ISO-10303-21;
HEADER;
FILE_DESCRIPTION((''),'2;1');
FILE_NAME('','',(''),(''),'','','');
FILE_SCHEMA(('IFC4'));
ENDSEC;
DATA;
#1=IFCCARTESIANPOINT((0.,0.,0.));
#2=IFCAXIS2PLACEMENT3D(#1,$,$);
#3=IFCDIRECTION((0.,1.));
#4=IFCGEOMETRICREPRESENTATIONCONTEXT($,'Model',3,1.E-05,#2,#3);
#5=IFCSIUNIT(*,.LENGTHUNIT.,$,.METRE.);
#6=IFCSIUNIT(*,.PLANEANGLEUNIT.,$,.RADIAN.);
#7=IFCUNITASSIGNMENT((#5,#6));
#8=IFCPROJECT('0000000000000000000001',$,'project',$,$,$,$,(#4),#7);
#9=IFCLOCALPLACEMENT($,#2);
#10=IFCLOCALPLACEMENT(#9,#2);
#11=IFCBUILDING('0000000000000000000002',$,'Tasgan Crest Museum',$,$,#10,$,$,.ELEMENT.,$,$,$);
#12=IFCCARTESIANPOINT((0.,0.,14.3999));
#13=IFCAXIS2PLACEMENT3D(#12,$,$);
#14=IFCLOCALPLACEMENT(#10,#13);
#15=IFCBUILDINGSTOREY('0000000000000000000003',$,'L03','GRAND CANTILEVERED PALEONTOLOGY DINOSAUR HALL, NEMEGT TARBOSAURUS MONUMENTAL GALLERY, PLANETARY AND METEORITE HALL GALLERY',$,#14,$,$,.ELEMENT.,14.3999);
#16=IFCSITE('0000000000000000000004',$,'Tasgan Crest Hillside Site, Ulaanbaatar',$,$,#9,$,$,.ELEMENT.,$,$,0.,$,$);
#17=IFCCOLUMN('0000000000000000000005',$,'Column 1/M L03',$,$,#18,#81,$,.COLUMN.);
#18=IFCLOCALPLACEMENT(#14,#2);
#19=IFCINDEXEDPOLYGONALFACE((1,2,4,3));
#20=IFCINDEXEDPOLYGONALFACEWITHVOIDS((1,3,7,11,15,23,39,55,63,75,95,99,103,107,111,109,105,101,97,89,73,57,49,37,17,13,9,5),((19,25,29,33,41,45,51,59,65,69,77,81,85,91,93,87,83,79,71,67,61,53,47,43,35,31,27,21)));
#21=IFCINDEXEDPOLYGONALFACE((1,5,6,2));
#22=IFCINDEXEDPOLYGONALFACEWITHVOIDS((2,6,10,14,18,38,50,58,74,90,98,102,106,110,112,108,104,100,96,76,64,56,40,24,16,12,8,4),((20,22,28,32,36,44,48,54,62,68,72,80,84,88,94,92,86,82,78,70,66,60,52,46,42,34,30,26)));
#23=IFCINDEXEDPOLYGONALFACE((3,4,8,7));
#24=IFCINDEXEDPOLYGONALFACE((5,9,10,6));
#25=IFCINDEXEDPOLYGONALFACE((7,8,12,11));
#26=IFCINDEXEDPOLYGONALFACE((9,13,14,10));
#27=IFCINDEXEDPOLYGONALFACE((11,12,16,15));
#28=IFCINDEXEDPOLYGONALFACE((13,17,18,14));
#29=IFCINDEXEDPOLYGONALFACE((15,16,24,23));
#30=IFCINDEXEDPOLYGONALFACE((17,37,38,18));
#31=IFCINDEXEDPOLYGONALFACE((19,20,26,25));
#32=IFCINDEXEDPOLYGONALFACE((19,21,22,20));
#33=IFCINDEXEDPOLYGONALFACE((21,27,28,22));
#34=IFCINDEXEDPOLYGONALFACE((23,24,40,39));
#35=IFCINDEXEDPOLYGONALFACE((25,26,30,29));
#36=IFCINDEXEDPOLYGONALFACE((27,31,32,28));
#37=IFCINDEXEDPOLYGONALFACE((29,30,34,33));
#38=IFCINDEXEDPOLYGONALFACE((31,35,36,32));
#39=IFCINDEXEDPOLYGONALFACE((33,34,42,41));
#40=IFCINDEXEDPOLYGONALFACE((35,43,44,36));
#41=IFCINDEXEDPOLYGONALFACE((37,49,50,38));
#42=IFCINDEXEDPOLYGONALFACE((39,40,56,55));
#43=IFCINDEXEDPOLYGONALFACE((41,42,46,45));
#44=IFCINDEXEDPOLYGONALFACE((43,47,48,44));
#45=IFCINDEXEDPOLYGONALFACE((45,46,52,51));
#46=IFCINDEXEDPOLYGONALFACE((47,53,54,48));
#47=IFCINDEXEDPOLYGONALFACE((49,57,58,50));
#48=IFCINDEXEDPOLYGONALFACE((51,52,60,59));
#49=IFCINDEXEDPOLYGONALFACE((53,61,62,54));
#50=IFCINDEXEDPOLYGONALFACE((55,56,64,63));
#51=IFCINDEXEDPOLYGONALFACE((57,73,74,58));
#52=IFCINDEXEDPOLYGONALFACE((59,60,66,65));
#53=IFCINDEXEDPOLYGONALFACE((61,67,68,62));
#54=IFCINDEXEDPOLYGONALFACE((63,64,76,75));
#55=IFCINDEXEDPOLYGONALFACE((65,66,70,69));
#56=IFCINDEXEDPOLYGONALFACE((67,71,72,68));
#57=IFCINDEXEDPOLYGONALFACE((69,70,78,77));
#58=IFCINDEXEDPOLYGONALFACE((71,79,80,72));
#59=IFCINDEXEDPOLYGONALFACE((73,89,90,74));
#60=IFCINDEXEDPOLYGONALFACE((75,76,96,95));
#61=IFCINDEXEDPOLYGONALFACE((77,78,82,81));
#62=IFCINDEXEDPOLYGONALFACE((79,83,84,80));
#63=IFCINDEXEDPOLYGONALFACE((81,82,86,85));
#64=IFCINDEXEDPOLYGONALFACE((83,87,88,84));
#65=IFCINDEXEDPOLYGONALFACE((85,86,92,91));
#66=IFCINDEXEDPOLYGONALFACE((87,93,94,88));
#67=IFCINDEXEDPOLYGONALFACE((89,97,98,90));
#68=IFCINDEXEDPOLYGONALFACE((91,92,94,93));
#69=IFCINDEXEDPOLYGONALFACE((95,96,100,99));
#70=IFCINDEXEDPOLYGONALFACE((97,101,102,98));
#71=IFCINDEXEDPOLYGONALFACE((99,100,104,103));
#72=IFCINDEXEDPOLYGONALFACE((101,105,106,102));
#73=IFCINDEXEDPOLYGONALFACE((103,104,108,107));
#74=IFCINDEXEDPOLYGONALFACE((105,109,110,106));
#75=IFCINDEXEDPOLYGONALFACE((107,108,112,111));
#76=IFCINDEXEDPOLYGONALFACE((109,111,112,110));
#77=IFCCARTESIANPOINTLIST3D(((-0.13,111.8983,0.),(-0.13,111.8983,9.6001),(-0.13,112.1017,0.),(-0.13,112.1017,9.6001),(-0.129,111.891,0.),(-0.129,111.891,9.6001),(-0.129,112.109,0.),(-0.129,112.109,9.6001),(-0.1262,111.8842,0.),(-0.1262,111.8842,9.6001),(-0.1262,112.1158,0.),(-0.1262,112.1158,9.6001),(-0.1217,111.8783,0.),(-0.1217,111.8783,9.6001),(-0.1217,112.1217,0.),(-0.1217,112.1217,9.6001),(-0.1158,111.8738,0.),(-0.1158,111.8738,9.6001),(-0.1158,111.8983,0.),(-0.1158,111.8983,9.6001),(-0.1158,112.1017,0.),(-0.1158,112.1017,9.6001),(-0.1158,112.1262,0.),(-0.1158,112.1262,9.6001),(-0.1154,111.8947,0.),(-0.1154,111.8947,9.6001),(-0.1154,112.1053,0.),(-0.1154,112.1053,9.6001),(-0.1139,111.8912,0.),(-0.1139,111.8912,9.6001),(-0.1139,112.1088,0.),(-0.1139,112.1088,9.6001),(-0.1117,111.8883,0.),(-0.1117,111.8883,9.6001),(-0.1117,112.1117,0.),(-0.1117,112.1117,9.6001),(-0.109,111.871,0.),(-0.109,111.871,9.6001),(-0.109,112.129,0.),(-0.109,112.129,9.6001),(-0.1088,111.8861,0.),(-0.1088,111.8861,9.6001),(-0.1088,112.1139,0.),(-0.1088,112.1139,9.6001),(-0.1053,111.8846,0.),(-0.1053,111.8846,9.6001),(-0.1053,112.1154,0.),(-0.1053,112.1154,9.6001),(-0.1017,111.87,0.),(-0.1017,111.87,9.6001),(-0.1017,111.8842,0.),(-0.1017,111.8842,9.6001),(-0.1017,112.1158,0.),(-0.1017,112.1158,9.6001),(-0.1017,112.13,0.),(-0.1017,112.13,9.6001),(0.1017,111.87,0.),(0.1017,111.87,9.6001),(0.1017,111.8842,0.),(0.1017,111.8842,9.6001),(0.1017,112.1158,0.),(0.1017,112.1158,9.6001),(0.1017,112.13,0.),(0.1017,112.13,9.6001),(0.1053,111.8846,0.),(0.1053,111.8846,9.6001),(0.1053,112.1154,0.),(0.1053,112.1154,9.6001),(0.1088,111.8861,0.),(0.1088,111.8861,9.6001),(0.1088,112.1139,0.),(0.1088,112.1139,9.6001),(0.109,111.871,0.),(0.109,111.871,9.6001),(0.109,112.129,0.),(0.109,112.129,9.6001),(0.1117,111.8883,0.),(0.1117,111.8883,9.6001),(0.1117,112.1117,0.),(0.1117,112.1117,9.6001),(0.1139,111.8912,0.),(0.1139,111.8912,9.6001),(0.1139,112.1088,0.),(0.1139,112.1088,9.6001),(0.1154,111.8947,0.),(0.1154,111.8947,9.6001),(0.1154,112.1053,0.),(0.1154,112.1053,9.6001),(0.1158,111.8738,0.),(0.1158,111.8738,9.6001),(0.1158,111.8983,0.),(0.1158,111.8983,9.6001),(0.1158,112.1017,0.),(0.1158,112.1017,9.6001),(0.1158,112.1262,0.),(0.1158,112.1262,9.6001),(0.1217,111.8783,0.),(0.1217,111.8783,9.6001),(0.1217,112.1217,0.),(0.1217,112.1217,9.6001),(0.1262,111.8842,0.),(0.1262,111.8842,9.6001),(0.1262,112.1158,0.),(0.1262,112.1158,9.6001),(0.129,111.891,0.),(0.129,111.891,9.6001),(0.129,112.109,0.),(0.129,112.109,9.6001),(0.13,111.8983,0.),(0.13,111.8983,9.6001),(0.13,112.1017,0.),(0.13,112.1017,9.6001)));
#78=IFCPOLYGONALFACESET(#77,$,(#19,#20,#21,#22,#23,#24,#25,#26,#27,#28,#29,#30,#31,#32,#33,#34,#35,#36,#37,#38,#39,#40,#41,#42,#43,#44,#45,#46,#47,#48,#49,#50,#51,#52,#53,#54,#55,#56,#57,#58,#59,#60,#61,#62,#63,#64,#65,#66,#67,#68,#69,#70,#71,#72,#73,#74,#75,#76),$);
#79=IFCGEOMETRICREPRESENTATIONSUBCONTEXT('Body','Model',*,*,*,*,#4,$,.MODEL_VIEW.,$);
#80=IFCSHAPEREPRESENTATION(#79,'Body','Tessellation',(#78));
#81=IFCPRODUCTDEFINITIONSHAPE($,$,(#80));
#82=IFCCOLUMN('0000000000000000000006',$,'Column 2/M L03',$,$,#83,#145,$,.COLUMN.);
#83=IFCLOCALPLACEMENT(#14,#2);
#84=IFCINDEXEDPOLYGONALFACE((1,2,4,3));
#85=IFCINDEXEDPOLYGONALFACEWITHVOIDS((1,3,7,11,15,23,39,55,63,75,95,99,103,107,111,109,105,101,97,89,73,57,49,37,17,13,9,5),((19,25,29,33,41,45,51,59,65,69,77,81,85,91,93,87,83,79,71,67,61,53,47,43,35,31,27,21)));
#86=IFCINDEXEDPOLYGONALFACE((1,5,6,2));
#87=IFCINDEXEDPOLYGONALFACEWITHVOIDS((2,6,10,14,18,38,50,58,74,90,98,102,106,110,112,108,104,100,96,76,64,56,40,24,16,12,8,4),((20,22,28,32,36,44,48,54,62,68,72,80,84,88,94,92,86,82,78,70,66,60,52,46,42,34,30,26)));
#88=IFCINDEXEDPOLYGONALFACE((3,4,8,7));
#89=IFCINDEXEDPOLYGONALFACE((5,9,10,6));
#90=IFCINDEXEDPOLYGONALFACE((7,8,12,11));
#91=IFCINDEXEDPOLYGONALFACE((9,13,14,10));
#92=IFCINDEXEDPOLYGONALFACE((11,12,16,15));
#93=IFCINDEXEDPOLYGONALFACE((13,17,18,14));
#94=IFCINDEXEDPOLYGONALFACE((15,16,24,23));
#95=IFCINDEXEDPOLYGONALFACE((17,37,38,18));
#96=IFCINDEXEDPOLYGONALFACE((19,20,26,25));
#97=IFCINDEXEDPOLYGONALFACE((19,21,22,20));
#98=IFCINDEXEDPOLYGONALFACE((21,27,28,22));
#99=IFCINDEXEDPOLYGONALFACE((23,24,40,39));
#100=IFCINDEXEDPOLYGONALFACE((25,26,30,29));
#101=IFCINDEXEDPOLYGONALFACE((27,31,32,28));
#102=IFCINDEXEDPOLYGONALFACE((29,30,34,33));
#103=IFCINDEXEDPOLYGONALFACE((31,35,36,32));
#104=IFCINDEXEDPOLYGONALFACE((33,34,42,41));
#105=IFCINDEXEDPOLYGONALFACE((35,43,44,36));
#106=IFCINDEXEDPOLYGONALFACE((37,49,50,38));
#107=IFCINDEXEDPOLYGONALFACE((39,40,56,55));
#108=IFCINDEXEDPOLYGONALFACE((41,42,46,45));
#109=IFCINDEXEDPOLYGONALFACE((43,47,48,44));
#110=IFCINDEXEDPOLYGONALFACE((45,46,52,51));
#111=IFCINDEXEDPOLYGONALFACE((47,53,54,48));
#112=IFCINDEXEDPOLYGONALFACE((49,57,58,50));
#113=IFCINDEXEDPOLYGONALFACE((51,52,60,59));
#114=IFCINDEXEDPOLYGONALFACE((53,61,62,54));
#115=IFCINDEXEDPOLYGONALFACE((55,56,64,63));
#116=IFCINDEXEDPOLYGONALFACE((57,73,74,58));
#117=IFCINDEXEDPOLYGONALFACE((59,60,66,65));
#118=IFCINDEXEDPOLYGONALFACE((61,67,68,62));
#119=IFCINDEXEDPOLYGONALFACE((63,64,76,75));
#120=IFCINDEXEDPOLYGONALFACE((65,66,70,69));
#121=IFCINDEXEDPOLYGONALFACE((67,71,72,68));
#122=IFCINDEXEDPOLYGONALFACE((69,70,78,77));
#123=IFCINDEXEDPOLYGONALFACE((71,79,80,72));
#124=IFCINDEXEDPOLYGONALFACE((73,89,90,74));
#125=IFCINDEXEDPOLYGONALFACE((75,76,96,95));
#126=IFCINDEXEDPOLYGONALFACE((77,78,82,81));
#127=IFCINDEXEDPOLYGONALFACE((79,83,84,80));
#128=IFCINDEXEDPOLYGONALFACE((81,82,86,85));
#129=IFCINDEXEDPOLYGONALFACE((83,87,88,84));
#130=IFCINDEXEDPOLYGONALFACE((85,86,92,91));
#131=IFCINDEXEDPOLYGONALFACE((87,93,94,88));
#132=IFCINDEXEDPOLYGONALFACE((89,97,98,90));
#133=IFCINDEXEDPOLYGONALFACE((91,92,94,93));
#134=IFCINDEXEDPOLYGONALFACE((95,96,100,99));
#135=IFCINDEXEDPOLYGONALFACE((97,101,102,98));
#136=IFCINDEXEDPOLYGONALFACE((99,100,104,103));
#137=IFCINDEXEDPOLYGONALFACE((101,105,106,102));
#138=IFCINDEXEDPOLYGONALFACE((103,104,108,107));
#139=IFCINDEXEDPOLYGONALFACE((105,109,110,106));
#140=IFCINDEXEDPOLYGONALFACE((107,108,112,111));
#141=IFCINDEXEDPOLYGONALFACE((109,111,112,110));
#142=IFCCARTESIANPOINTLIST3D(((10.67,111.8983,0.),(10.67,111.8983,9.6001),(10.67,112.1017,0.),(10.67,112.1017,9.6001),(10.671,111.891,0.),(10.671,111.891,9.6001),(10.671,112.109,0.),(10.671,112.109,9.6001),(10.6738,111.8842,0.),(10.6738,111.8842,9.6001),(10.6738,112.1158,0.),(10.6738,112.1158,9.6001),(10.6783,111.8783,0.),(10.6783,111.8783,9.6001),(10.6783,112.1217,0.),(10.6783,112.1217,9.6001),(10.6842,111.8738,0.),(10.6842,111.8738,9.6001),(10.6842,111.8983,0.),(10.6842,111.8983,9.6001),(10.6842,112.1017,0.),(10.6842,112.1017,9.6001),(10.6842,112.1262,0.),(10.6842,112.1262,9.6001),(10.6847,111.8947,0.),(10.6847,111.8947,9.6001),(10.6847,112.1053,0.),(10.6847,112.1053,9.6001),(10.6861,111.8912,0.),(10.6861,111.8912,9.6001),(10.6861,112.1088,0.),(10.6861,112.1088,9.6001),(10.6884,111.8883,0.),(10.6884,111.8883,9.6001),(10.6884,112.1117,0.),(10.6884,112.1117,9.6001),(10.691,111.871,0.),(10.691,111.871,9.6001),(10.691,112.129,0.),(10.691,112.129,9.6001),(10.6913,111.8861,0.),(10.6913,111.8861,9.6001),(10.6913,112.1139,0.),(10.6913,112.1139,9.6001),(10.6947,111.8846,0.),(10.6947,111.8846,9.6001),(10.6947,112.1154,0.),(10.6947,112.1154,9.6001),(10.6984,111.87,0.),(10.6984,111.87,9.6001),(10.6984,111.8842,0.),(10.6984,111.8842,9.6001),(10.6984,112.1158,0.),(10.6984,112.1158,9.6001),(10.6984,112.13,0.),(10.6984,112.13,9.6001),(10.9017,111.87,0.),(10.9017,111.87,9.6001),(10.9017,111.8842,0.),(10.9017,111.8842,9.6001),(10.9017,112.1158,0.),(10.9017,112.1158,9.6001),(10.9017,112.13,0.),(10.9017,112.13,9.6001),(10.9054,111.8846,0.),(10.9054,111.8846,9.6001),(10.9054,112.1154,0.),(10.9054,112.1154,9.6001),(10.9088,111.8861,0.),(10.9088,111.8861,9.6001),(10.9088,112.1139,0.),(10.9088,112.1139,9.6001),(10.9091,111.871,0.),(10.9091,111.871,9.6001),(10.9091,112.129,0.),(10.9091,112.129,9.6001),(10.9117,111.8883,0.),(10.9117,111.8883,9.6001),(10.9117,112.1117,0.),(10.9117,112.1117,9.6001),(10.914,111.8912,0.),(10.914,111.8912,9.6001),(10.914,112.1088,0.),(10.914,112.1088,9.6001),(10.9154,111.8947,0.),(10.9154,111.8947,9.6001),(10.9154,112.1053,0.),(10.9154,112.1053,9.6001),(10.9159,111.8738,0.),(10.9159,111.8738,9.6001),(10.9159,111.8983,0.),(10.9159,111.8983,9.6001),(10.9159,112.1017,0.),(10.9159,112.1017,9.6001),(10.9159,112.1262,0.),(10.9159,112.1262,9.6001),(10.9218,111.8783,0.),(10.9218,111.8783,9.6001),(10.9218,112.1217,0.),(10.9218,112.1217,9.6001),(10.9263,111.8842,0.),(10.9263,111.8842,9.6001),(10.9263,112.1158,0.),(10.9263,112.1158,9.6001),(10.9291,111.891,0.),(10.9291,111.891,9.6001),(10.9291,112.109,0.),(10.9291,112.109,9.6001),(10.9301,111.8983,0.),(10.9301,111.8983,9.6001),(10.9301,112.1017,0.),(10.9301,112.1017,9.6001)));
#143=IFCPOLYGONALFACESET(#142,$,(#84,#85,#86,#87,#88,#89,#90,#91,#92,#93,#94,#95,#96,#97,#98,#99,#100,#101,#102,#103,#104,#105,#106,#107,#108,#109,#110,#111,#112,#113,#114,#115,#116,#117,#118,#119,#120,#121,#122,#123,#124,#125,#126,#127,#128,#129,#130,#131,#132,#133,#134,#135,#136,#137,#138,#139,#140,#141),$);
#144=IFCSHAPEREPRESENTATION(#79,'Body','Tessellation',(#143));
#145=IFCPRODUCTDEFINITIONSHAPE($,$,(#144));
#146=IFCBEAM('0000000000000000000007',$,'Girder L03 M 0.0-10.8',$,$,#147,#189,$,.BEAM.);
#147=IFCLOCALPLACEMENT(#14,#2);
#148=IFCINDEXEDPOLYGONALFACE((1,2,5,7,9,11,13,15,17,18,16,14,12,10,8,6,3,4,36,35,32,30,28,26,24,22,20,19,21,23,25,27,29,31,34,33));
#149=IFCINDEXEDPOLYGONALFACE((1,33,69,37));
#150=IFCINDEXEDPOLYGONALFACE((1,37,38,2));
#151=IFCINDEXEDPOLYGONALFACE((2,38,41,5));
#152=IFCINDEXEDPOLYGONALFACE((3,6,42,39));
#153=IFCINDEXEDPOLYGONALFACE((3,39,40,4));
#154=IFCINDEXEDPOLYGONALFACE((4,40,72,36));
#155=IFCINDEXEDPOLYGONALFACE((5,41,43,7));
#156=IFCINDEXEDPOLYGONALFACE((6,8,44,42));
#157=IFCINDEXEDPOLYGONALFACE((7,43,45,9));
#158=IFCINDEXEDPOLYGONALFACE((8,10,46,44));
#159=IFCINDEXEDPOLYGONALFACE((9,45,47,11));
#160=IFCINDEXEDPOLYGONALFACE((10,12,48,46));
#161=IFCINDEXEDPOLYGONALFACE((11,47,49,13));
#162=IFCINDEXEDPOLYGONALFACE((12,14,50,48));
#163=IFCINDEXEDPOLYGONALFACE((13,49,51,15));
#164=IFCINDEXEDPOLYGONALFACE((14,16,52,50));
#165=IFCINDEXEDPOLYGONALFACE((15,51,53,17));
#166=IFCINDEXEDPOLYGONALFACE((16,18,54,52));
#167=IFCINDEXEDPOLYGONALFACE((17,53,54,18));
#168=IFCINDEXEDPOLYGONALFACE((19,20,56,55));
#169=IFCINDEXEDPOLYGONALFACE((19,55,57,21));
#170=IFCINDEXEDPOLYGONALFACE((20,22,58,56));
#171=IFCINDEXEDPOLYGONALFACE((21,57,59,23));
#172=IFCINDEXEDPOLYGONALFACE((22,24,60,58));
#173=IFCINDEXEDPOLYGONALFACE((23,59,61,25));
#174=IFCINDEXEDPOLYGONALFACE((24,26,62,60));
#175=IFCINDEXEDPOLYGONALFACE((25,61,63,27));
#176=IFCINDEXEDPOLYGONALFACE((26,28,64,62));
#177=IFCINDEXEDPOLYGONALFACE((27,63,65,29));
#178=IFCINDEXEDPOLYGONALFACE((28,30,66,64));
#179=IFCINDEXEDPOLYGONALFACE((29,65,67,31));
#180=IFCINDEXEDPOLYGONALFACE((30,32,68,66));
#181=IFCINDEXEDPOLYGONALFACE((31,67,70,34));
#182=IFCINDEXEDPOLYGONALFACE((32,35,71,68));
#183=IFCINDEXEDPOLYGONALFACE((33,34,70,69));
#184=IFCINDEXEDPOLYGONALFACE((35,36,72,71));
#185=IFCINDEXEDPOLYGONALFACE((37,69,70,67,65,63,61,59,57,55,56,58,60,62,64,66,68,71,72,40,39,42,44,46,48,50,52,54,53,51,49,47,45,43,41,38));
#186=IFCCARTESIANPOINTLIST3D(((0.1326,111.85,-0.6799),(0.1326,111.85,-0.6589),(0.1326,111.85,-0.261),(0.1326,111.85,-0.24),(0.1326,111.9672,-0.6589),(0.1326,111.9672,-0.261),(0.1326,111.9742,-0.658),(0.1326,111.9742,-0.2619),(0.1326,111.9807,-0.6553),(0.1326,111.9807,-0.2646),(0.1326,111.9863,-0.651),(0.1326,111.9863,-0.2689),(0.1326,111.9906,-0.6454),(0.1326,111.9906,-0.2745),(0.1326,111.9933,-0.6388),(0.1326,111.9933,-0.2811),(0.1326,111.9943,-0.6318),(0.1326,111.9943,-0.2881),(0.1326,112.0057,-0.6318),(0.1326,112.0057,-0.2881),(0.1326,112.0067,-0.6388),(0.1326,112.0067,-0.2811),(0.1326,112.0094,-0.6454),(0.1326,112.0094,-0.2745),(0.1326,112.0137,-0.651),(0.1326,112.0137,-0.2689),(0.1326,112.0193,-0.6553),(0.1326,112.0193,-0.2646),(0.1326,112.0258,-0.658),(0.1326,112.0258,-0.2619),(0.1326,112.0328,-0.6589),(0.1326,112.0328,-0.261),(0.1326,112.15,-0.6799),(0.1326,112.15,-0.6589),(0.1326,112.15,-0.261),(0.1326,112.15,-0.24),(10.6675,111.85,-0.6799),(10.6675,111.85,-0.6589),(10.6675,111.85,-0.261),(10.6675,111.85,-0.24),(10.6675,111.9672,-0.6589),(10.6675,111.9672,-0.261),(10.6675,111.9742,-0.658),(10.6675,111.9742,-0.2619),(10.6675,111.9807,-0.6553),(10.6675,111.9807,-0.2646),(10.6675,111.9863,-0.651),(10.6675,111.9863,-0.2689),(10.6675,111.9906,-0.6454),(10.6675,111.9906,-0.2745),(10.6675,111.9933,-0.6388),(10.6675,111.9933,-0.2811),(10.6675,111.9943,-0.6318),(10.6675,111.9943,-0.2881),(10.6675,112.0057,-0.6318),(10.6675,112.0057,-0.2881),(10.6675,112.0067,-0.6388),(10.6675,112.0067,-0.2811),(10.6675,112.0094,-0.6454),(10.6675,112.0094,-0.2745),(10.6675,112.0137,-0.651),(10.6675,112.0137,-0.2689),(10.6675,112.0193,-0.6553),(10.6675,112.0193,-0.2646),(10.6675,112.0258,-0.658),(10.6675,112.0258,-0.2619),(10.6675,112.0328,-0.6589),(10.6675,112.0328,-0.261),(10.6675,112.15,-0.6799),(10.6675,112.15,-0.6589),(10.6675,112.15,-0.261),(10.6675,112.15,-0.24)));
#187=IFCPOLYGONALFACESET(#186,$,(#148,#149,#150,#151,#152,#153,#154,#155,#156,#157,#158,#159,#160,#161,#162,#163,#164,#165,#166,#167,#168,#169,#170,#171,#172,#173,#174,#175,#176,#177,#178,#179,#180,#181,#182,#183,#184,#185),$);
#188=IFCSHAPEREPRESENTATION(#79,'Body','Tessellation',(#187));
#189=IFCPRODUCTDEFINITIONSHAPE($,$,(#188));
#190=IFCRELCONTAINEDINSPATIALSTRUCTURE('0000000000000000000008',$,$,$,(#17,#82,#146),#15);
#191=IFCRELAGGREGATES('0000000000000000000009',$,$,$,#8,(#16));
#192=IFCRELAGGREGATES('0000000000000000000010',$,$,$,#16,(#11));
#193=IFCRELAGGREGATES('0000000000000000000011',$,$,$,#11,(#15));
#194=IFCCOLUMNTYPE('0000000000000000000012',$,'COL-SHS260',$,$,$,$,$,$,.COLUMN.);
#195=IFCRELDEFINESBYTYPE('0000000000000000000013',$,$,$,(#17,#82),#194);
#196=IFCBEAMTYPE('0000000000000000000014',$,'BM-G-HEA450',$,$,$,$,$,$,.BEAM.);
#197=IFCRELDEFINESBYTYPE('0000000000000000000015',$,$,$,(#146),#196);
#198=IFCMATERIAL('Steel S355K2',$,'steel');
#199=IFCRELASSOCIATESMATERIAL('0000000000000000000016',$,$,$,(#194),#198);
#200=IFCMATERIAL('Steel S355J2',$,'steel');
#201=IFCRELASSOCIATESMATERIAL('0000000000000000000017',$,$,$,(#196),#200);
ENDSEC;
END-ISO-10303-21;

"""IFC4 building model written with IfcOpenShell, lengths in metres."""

from ifc_helpers import new_model, si_unit, direction, frame, origin, origin_2d, place, context, subcontext, project, spatial, hollow_rectangle, i_section, extrude, material, material_profile, profile_set, type_object, element, save


model = new_model("IFC4")

# Units and contexts
model_context = context("Model", 3, precision=1e-05, world=origin(), true_north=direction((0.0, 1.0)))
body_context = subcontext(model_context, "Body", "Model", "MODEL_VIEW")
ifc_project = project(units=[si_unit("LENGTHUNIT", "METRE"), si_unit("PLANEANGLEUNIT", "RADIAN")], contexts=[model_context])

# Site, building, storey
site_placement = place(None, origin())
site = spatial("IfcSite", under=ifc_project, at=site_placement, Name="Tasgan Crest Hillside Site, Ulaanbaatar", CompositionType="ELEMENT", RefElevation=0.0)
building_placement = place(site_placement, origin())
building = spatial("IfcBuilding", under=site, at=building_placement, Name="Tasgan Crest Museum", CompositionType="ELEMENT")
storey_placement = place(building_placement, frame((0.0, 0.0, 14.3999)))
storey = spatial("IfcBuildingStorey", under=building, at=storey_placement, Name="L03", Description="GRAND CANTILEVERED PALEONTOLOGY DINOSAUR HALL, NEMEGT TARBOSAURUS MONUMENTAL GALLERY, PLANETARY AND METEORITE HALL GALLERY", CompositionType="ELEMENT", Elevation=14.3999)

# Columns
ifc_material_1 = material(Name="Steel S355K2", Category="steel")
ifc_material_profile_1 = material_profile(ifc_material_1, hollow_rectangle(XDim=0.26, YDim=0.26, WallThickness=0.0142, InnerFilletRadius=0.0142, OuterFilletRadius=0.0283, at=origin_2d()), Name="SHS 260x260x14.2")
ifc_profile_set_1 = profile_set([ifc_material_profile_1], Name="Steel S355K2")
column_type = type_object("IfcColumnType", Name="COL-SHS260", PredefinedType="COLUMN", material=ifc_profile_set_1)
for number, where, z_axis, x_axis, name in (
    (1, (0.0, 112.0, 0.0), (0.0, 0.0, 1.0), (1.0, 0.0, 0.0), "Column 1/M L03"),
    (2, (10.8, 112.0, 0.0), (0.0, 0.0, 1.0), (1.0, 0.0, 0.0), "Column 2/M L03"),
):
    element("IfcColumn", number, at=place(storey_placement, frame(where, z_axis=z_axis, x_axis=x_axis)), inside=storey, type_object=column_type, Name=name, PredefinedType="COLUMN", context=body_context, shape_type="SweptSolid", body=[
        extrude(hollow_rectangle(XDim=0.26, YDim=0.26, WallThickness=0.0142, InnerFilletRadius=0.0142, OuterFilletRadius=0.0283, at=origin_2d()), origin(), (0.0, 0.0, 1.0), 9.6001),
    ])

# Beam
ifc_material_2 = material(Name="Steel S355J2", Category="steel")
ifc_material_profile_2 = material_profile(ifc_material_2, i_section(OverallWidth=0.3, OverallDepth=0.4399, WebThickness=0.0115, FlangeThickness=0.021, FilletRadius=0.0271, at=origin_2d()), Name="HEA 450")
ifc_profile_set_2 = profile_set([ifc_material_profile_2], Name="Steel S355J2")
beam_type = type_object("IfcBeamType", Name="BM-G-HEA450", PredefinedType="BEAM", material=ifc_profile_set_2)
for number, where, z_axis, x_axis, name in (
    (3, (0.1326, 112.0, -0.46), (1.0, 0.0, 0.0), (0.0, 1.0, 0.0), "Girder L03 M 0.0-10.8"),
):
    element("IfcBeam", number, at=place(storey_placement, frame(where, z_axis=z_axis, x_axis=x_axis)), inside=storey, type_object=beam_type, Name=name, PredefinedType="BEAM", context=body_context, shape_type="SweptSolid", body=[
        extrude(i_section(OverallWidth=0.3, OverallDepth=0.4399, WebThickness=0.0115, FlangeThickness=0.021, FilletRadius=0.0271, at=origin_2d()), origin(), (0.0, 0.0, 1.0), 10.5349),
    ])

save(model, "model.ifc")
